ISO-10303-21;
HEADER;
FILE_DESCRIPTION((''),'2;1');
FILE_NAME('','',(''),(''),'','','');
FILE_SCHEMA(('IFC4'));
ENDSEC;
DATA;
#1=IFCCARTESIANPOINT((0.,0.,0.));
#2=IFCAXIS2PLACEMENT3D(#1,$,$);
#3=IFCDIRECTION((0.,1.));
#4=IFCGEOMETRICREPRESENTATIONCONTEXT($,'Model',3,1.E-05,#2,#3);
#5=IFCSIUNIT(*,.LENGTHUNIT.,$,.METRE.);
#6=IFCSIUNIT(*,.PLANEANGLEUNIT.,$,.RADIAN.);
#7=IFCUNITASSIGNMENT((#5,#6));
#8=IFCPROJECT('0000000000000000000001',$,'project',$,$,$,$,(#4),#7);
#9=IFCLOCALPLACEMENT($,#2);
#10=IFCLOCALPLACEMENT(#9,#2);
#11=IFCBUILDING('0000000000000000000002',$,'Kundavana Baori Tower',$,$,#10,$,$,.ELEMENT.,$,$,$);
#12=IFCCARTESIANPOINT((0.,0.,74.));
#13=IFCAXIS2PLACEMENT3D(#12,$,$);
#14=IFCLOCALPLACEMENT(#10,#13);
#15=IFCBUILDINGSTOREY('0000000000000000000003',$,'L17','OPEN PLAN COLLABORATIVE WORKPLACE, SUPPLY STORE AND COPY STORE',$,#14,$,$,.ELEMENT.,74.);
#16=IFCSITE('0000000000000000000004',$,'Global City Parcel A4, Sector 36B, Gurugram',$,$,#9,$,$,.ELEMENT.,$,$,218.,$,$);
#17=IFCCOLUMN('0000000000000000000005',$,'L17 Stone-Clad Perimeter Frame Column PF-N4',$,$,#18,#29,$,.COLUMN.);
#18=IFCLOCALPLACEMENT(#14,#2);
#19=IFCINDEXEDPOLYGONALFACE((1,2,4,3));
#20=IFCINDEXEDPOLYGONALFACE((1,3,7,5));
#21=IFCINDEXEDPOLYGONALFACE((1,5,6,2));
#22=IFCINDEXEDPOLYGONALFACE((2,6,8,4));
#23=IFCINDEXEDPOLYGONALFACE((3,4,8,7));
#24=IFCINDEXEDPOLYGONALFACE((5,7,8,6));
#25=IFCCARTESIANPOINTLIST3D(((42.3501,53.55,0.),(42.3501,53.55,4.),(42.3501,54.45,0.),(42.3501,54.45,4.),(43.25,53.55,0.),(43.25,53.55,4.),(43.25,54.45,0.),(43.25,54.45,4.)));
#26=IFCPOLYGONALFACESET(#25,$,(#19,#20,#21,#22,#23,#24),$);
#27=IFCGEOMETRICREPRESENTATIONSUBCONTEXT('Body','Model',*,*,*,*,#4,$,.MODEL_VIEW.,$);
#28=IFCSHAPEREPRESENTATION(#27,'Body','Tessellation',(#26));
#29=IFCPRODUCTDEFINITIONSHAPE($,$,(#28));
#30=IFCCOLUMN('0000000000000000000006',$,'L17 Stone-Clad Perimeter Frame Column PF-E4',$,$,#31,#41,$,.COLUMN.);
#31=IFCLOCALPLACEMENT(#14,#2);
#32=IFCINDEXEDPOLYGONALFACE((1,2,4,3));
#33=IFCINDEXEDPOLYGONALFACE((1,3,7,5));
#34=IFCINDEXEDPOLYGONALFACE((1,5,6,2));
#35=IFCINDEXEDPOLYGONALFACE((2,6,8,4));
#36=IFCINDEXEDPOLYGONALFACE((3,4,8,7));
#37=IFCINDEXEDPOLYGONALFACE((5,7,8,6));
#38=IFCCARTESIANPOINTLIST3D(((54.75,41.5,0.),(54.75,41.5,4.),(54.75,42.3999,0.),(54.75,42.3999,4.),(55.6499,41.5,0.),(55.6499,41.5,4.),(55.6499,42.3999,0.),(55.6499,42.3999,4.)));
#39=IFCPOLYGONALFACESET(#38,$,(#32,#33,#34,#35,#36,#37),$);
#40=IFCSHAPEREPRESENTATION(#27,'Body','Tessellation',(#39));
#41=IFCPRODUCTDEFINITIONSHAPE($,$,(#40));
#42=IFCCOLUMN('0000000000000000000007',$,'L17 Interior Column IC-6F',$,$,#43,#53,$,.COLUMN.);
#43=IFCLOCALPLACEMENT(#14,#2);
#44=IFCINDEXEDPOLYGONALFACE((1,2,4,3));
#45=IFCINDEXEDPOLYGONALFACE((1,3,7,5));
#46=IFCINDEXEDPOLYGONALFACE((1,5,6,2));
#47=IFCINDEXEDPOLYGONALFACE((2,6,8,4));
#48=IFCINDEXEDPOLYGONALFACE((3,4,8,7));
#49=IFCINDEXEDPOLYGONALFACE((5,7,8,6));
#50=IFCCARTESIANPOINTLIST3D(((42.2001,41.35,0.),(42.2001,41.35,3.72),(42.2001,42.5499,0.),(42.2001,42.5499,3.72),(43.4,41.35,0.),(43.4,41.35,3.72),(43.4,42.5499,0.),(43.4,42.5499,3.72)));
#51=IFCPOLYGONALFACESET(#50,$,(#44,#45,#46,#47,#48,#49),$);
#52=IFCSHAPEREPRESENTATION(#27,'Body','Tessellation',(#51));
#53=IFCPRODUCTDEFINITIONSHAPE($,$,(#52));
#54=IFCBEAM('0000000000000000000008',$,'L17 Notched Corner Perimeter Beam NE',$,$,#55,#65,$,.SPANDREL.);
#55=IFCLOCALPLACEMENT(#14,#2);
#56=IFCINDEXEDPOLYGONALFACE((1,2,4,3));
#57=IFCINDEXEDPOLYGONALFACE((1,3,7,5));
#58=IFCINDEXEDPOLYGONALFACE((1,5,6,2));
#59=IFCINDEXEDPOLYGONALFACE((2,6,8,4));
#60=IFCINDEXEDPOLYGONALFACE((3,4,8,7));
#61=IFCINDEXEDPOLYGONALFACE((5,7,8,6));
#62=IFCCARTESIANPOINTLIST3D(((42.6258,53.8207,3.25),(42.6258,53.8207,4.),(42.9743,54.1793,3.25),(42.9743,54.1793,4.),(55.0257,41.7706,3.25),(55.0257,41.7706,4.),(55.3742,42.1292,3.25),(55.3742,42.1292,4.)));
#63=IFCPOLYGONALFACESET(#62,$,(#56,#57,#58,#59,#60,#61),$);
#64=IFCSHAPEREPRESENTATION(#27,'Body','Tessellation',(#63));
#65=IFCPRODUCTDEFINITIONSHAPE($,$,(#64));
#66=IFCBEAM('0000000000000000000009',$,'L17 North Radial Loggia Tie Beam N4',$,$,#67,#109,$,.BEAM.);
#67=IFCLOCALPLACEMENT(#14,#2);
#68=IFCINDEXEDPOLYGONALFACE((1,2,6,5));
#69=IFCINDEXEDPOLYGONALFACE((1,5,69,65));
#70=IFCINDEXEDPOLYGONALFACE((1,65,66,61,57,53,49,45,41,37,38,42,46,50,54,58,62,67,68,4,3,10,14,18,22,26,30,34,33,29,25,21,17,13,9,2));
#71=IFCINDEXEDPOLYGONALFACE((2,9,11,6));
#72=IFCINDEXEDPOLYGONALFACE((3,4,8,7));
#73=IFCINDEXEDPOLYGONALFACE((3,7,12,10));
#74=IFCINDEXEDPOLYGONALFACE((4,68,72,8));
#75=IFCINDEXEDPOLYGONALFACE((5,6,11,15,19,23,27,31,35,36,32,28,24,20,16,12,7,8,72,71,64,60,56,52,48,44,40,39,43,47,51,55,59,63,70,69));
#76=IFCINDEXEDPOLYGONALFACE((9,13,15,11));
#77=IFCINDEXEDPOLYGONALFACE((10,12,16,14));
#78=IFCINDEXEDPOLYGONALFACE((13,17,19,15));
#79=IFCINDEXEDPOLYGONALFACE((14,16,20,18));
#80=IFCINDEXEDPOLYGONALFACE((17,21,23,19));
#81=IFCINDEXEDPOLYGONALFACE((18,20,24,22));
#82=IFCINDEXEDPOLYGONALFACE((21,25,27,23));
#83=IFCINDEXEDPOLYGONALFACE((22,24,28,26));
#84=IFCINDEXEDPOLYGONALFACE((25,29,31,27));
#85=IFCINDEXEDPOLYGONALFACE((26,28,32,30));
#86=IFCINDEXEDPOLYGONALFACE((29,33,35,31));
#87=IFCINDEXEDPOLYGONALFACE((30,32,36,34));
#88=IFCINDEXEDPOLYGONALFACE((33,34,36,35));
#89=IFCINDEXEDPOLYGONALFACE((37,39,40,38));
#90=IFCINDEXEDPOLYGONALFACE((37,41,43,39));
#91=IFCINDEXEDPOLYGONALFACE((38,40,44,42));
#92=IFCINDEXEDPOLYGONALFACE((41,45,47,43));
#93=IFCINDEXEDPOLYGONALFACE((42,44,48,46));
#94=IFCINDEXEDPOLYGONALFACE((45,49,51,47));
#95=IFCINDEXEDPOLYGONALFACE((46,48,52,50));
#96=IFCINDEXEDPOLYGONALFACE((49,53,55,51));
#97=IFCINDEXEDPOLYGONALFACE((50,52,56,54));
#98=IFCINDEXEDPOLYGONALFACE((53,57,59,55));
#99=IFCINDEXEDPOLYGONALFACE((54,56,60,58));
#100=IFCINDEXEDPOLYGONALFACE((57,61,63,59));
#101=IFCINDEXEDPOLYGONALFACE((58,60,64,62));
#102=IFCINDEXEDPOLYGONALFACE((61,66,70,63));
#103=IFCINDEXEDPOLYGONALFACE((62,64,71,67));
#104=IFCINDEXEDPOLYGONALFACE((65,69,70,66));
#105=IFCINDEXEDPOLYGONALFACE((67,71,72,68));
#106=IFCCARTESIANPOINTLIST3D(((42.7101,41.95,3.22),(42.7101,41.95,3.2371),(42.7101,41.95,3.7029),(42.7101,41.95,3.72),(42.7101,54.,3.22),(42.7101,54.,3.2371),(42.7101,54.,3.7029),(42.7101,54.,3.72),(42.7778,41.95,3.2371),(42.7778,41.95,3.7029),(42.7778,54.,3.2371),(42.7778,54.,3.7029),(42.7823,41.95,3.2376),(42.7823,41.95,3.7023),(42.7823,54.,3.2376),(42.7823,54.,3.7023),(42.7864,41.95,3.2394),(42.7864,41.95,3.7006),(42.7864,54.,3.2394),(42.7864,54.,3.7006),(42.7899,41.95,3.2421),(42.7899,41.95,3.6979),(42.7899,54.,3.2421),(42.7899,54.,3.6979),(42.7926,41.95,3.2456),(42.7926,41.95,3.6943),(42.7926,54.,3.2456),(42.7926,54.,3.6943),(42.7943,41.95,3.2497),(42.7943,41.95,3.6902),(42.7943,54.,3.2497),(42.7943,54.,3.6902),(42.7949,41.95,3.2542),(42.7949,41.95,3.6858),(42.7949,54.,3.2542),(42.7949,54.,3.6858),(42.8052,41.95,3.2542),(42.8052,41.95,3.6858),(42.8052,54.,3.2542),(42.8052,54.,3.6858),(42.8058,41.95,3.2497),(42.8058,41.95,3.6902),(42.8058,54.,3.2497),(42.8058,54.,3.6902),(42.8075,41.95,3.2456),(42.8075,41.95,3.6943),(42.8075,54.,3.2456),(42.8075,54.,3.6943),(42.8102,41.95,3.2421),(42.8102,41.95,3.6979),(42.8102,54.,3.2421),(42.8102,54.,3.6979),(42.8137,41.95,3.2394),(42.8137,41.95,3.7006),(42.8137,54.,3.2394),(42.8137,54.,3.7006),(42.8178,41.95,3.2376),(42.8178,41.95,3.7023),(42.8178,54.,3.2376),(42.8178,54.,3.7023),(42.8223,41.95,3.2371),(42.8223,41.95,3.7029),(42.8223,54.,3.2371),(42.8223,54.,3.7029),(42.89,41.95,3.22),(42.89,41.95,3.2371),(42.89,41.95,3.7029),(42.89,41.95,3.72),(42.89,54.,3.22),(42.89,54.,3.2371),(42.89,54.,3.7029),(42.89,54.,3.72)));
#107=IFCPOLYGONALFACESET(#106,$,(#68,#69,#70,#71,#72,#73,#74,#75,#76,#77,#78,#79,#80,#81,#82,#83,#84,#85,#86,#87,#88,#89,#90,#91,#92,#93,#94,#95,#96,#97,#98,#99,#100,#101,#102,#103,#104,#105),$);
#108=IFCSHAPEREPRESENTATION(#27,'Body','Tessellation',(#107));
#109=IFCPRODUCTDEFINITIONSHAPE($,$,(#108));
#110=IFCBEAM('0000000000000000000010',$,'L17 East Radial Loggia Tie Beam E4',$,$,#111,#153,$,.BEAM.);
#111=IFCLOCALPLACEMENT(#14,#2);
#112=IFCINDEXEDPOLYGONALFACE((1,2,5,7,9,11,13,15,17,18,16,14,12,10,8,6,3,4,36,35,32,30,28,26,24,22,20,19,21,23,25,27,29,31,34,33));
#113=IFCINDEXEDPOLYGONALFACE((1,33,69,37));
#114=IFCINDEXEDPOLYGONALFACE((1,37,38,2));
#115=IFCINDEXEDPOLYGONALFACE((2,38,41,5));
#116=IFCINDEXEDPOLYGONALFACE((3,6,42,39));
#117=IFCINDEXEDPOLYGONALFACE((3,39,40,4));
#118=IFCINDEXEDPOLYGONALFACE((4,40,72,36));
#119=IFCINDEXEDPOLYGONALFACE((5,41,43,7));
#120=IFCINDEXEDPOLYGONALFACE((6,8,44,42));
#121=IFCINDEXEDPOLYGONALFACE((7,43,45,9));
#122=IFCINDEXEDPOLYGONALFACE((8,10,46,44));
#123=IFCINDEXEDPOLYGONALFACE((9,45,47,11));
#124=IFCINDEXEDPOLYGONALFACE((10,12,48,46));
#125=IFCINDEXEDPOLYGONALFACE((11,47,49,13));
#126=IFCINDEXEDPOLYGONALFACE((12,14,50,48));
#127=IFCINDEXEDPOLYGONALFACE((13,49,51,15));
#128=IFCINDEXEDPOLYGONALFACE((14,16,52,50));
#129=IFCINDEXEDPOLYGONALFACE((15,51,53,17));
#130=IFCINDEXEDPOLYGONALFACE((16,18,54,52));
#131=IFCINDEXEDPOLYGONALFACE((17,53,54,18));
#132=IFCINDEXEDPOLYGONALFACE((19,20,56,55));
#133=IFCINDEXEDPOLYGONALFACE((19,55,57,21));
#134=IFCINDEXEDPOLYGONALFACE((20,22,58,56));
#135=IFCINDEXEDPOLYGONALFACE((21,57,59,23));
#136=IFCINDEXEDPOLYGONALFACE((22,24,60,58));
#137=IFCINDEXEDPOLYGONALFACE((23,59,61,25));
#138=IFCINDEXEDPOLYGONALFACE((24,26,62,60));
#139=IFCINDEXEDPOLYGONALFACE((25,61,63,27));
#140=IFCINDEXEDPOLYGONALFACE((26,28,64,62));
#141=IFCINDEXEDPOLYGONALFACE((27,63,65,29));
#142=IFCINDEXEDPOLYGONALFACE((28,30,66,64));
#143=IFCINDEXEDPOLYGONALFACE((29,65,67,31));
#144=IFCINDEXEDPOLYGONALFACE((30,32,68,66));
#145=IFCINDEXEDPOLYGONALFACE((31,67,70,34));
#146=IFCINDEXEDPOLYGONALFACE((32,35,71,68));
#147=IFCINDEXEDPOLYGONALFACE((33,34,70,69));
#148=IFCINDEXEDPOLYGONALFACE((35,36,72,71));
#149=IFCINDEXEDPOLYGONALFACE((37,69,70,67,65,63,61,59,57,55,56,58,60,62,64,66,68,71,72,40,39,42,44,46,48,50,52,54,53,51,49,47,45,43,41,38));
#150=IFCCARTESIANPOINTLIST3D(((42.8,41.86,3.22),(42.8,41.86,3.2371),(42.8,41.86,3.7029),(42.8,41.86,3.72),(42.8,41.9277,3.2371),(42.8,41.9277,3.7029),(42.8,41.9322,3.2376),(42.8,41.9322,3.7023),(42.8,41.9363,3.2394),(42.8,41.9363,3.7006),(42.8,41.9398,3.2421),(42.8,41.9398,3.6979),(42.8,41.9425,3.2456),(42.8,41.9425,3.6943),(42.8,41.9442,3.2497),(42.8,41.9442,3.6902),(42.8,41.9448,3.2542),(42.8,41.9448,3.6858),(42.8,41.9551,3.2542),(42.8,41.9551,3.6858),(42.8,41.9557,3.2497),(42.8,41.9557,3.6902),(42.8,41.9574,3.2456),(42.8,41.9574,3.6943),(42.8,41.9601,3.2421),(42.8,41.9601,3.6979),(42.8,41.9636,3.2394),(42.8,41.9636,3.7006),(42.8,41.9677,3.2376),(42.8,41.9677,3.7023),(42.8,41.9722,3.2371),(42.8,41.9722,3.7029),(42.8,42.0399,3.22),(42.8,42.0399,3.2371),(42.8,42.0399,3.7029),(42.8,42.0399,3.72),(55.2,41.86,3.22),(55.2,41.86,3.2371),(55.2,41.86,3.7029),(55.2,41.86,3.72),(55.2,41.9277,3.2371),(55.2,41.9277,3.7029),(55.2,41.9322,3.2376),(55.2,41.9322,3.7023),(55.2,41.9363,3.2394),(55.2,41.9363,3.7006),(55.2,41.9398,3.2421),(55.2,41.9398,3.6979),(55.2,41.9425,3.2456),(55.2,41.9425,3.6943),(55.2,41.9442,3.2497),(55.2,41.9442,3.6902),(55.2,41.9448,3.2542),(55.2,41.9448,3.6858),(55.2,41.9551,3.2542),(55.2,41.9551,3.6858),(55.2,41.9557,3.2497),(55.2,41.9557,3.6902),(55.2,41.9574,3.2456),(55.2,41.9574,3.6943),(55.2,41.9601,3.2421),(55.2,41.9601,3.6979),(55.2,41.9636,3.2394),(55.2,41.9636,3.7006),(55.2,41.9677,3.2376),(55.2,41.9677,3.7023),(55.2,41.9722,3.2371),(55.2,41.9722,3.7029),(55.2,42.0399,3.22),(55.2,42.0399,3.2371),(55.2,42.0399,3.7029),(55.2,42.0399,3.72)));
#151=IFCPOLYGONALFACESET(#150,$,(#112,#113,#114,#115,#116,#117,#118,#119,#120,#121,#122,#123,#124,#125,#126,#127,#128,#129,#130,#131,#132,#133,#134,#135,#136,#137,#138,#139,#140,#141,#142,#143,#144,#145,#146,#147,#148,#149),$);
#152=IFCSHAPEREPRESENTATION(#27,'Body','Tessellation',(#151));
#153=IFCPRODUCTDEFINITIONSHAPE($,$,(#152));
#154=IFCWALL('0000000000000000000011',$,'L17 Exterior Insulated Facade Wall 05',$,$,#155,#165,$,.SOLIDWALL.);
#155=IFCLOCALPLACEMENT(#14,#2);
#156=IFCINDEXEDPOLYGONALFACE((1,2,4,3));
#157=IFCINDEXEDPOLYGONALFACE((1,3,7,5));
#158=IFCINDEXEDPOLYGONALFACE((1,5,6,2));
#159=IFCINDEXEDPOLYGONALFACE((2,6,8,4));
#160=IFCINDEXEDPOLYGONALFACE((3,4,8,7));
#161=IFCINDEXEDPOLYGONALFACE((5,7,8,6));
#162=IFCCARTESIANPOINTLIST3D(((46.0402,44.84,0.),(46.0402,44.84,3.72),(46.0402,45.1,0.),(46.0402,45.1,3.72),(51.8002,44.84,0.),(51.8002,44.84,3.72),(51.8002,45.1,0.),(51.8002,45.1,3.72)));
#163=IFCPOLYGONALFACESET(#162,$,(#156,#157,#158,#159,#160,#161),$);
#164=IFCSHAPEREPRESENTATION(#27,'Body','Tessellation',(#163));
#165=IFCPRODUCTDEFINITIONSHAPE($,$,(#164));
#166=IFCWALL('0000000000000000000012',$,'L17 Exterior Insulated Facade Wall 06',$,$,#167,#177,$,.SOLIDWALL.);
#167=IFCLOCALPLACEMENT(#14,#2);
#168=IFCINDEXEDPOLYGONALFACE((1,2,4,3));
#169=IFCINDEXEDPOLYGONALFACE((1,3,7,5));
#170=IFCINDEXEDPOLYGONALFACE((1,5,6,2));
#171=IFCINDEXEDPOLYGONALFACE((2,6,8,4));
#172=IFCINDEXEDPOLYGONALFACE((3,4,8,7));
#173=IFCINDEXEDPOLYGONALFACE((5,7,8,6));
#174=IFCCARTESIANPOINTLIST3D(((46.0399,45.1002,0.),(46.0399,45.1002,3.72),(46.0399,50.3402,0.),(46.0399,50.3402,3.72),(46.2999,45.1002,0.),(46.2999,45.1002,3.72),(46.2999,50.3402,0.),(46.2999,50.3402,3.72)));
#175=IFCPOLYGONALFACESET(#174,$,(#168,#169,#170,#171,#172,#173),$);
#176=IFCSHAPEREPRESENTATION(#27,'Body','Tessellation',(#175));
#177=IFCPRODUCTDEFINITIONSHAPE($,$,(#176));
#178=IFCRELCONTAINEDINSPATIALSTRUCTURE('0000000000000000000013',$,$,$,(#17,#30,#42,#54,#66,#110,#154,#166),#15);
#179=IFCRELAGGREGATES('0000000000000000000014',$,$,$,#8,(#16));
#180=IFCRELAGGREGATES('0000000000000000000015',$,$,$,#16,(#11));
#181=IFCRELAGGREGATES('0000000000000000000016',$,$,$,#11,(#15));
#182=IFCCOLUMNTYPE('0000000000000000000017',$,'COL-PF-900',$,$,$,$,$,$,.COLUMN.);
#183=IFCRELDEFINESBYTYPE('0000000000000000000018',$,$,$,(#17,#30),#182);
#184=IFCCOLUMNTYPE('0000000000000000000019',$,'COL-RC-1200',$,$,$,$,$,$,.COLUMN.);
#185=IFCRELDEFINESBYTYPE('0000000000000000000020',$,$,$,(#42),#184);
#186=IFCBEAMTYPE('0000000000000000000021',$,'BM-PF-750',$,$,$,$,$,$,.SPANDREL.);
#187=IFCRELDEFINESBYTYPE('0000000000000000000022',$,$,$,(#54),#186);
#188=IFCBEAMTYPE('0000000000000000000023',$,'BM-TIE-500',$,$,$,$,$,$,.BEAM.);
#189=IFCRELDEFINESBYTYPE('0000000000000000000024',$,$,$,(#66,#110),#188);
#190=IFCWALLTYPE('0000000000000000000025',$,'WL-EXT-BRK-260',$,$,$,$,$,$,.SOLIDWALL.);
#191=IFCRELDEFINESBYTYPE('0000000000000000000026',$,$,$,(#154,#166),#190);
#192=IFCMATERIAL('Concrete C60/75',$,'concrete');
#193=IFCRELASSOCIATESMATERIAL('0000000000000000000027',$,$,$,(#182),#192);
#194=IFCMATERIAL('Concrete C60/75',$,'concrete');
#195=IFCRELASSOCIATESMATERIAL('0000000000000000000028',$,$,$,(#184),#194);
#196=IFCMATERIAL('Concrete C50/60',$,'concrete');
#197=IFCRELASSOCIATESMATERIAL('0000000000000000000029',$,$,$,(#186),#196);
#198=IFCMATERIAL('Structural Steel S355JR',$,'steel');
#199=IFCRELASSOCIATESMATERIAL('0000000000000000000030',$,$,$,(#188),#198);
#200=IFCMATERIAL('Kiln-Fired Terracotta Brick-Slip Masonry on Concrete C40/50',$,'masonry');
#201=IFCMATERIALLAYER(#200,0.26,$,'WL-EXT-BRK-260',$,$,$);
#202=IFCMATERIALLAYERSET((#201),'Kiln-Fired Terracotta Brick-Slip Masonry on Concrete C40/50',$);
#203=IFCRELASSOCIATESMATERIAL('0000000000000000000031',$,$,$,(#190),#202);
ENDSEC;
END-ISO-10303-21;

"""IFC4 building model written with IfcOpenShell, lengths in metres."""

from ifc_helpers import new_model, si_unit, direction, frame, frame_2d, origin, origin_2d, place, context, subcontext, project, spatial, rectangle, i_section, extrude, material, layer, layer_set, material_profile, profile_set, type_object, element, save


model = new_model("IFC4")

# Units and contexts
model_context = context("Model", 3, precision=1e-05, world=origin(), true_north=direction((0.0, 1.0)))
body_context = subcontext(model_context, "Body", "Model", "MODEL_VIEW")
ifc_project = project(units=[si_unit("LENGTHUNIT", "METRE"), si_unit("PLANEANGLEUNIT", "RADIAN")], contexts=[model_context])

# Site, building, storey
site_placement = place(None, origin())
site = spatial("IfcSite", under=ifc_project, at=site_placement, Name="Global City Parcel A4, Sector 36B, Gurugram", CompositionType="ELEMENT", RefElevation=218.0)
building_placement = place(site_placement, origin())
building = spatial("IfcBuilding", under=site, at=building_placement, Name="Kundavana Baori Tower", CompositionType="ELEMENT")
storey_placement = place(building_placement, frame((0.0, 0.0, 74.0)))
storey = spatial("IfcBuildingStorey", under=building, at=storey_placement, Name="L17", Description="OPEN PLAN COLLABORATIVE WORKPLACE, SUPPLY STORE AND COPY STORE", CompositionType="ELEMENT", Elevation=74.0)

# Columns
ifc_material_1 = material(Name="Concrete C60/75", Category="concrete")
ifc_material_profile_1 = material_profile(ifc_material_1, rectangle(XDim=0.8999, YDim=0.8999, at=origin_2d()), Name="RC PF 900x900")
ifc_profile_set_1 = profile_set([ifc_material_profile_1], Name="Concrete C60/75")
column_type_1 = type_object("IfcColumnType", Name="COL-PF-900", PredefinedType="COLUMN", material=ifc_profile_set_1)
for number, where, z_axis, x_axis, name in (
    (1, (42.8, 54.0, 0.0), (0.0, 0.0, 1.0), (1.0, 0.0, 0.0), "L17 Stone-Clad Perimeter Frame Column PF-N4"),
    (2, (55.2, 41.95, 0.0), (0.0, 0.0, 1.0), (1.0, 0.0, 0.0), "L17 Stone-Clad Perimeter Frame Column PF-E4"),
):
    element("IfcColumn", number, at=place(storey_placement, frame(where, z_axis=z_axis, x_axis=x_axis)), inside=storey, type_object=column_type_1, Name=name, PredefinedType="COLUMN", context=body_context, shape_type="SweptSolid", body=[
        extrude(rectangle(XDim=0.8999, YDim=0.8999, at=origin_2d()), origin(), (0.0, 0.0, 1.0), 4.0),
    ])
ifc_material_2 = material(Name="Concrete C60/75", Category="concrete")
ifc_material_profile_2 = material_profile(ifc_material_2, rectangle(XDim=1.2, YDim=1.2, at=origin_2d()), Name="RC 1200x1200")
ifc_profile_set_2 = profile_set([ifc_material_profile_2], Name="Concrete C60/75")
column_type_2 = type_object("IfcColumnType", Name="COL-RC-1200", PredefinedType="COLUMN", material=ifc_profile_set_2)
column_placement = place(storey_placement, frame((42.8, 41.95, 0.0), z_axis=(0.0, 0.0, 1.0), x_axis=(1.0, 0.0, 0.0)))
element("IfcColumn", 3, at=column_placement, inside=storey, type_object=column_type_2, Name="L17 Interior Column IC-6F", PredefinedType="COLUMN", context=body_context, shape_type="SweptSolid", body=[
    extrude(rectangle(XDim=1.2, YDim=1.2, at=origin_2d()), origin(), (0.0, 0.0, 1.0), 3.72),
])

# Beams
ifc_material_3 = material(Name="Concrete C50/60", Category="concrete")
ifc_material_profile_3 = material_profile(ifc_material_3, rectangle(XDim=0.5, YDim=0.75, at=origin_2d()), Name="RC BM 500x750")
ifc_profile_set_3 = profile_set([ifc_material_profile_3], Name="Concrete C50/60")
beam_type_1 = type_object("IfcBeamType", Name="BM-PF-750", PredefinedType="SPANDREL", material=ifc_profile_set_3)
beam_1_placement = place(storey_placement, frame((42.8, 54.0, 3.625), z_axis=(0.717151, -0.696917, 0.0), x_axis=(0.696917, 0.717151, 0.0)))
element("IfcBeam", 4, at=beam_1_placement, inside=storey, type_object=beam_type_1, Name="L17 Notched Corner Perimeter Beam NE", PredefinedType="SPANDREL", context=body_context, shape_type="SweptSolid", body=[
    extrude(rectangle(XDim=0.5, YDim=0.75, at=origin_2d()), origin(), (0.0, 0.0, 1.0), 17.2905),
])
ifc_material_4 = material(Name="Structural Steel S355JR", Category="steel")
ifc_material_profile_4 = material_profile(ifc_material_4, i_section(OverallWidth=0.1799, OverallDepth=0.5, WebThickness=0.0103, FlangeThickness=0.0171, FilletRadius=0.0171, at=origin_2d()), Name="ISMB 500")
ifc_profile_set_4 = profile_set([ifc_material_profile_4], Name="Structural Steel S355JR")
beam_type_2 = type_object("IfcBeamType", Name="BM-TIE-500", PredefinedType="BEAM", material=ifc_profile_set_4)
beam_2_placement = place(storey_placement, frame((42.8, 41.95, 3.47), z_axis=(0.0, 1.0, 0.0), x_axis=(-1.0, 0.0, 0.0)))
element("IfcBeam", 5, at=beam_2_placement, inside=storey, type_object=beam_type_2, Name="L17 North Radial Loggia Tie Beam N4", PredefinedType="BEAM", context=body_context, shape_type="SweptSolid", body=[
    extrude(i_section(OverallWidth=0.1799, OverallDepth=0.5, WebThickness=0.0103, FlangeThickness=0.0171, FilletRadius=0.0171, at=origin_2d()), origin(), (0.0, 0.0, 1.0), 12.05),
])
beam_3_placement = place(storey_placement, frame((42.8, 41.95, 3.47), z_axis=(1.0, 0.0, 0.0), x_axis=(0.0, 1.0, 0.0)))
element("IfcBeam", 6, at=beam_3_placement, inside=storey, type_object=beam_type_2, Name="L17 East Radial Loggia Tie Beam E4", PredefinedType="BEAM", context=body_context, shape_type="SweptSolid", body=[
    extrude(i_section(OverallWidth=0.1799, OverallDepth=0.5, WebThickness=0.0103, FlangeThickness=0.0171, FilletRadius=0.0171, at=origin_2d()), origin(), (0.0, 0.0, 1.0), 12.3999),
])

# Walls
ifc_material_5 = material(Name="Kiln-Fired Terracotta Brick-Slip Masonry on Concrete C40/50", Category="masonry")
ifc_layer_1 = layer(ifc_material_5, 0.26, Name="WL-EXT-BRK-260")
ifc_layer_set_1 = layer_set([ifc_layer_1], Name="Kiln-Fired Terracotta Brick-Slip Masonry on Concrete C40/50")
wall_type_1 = type_object("IfcWallType", Name="WL-EXT-BRK-260", PredefinedType="SOLIDWALL", material=ifc_layer_set_1)
wall_1_placement = place(storey_placement, frame((51.8, 44.97, 0.0), z_axis=(0.0, 0.0, 1.0), x_axis=(-1.0, 0.0, 0.0)))
element("IfcWall", 7, at=wall_1_placement, inside=storey, type_object=wall_type_1, Name="L17 Exterior Insulated Facade Wall 05", PredefinedType="SOLIDWALL", context=body_context, shape_type="SweptSolid", body=[
    extrude(rectangle(XDim=5.76, YDim=0.26, at=frame_2d((2.8799, 0.0))), origin(), (0.0, 0.0, 1.0), 3.72),
])
wall_2_placement = place(storey_placement, frame((46.1699, 45.1001, 0.0), z_axis=(0.0, 0.0, 1.0), x_axis=(0.0, 1.0, 0.0)))
element("IfcWall", 8, at=wall_2_placement, inside=storey, type_object=wall_type_1, Name="L17 Exterior Insulated Facade Wall 06", PredefinedType="SOLIDWALL", context=body_context, shape_type="SweptSolid", body=[
    extrude(rectangle(XDim=5.24, YDim=0.26, at=frame_2d((2.6201, 0.0))), origin(), (0.0, 0.0, 1.0), 3.72),
])

save(model, "model.ifc")
